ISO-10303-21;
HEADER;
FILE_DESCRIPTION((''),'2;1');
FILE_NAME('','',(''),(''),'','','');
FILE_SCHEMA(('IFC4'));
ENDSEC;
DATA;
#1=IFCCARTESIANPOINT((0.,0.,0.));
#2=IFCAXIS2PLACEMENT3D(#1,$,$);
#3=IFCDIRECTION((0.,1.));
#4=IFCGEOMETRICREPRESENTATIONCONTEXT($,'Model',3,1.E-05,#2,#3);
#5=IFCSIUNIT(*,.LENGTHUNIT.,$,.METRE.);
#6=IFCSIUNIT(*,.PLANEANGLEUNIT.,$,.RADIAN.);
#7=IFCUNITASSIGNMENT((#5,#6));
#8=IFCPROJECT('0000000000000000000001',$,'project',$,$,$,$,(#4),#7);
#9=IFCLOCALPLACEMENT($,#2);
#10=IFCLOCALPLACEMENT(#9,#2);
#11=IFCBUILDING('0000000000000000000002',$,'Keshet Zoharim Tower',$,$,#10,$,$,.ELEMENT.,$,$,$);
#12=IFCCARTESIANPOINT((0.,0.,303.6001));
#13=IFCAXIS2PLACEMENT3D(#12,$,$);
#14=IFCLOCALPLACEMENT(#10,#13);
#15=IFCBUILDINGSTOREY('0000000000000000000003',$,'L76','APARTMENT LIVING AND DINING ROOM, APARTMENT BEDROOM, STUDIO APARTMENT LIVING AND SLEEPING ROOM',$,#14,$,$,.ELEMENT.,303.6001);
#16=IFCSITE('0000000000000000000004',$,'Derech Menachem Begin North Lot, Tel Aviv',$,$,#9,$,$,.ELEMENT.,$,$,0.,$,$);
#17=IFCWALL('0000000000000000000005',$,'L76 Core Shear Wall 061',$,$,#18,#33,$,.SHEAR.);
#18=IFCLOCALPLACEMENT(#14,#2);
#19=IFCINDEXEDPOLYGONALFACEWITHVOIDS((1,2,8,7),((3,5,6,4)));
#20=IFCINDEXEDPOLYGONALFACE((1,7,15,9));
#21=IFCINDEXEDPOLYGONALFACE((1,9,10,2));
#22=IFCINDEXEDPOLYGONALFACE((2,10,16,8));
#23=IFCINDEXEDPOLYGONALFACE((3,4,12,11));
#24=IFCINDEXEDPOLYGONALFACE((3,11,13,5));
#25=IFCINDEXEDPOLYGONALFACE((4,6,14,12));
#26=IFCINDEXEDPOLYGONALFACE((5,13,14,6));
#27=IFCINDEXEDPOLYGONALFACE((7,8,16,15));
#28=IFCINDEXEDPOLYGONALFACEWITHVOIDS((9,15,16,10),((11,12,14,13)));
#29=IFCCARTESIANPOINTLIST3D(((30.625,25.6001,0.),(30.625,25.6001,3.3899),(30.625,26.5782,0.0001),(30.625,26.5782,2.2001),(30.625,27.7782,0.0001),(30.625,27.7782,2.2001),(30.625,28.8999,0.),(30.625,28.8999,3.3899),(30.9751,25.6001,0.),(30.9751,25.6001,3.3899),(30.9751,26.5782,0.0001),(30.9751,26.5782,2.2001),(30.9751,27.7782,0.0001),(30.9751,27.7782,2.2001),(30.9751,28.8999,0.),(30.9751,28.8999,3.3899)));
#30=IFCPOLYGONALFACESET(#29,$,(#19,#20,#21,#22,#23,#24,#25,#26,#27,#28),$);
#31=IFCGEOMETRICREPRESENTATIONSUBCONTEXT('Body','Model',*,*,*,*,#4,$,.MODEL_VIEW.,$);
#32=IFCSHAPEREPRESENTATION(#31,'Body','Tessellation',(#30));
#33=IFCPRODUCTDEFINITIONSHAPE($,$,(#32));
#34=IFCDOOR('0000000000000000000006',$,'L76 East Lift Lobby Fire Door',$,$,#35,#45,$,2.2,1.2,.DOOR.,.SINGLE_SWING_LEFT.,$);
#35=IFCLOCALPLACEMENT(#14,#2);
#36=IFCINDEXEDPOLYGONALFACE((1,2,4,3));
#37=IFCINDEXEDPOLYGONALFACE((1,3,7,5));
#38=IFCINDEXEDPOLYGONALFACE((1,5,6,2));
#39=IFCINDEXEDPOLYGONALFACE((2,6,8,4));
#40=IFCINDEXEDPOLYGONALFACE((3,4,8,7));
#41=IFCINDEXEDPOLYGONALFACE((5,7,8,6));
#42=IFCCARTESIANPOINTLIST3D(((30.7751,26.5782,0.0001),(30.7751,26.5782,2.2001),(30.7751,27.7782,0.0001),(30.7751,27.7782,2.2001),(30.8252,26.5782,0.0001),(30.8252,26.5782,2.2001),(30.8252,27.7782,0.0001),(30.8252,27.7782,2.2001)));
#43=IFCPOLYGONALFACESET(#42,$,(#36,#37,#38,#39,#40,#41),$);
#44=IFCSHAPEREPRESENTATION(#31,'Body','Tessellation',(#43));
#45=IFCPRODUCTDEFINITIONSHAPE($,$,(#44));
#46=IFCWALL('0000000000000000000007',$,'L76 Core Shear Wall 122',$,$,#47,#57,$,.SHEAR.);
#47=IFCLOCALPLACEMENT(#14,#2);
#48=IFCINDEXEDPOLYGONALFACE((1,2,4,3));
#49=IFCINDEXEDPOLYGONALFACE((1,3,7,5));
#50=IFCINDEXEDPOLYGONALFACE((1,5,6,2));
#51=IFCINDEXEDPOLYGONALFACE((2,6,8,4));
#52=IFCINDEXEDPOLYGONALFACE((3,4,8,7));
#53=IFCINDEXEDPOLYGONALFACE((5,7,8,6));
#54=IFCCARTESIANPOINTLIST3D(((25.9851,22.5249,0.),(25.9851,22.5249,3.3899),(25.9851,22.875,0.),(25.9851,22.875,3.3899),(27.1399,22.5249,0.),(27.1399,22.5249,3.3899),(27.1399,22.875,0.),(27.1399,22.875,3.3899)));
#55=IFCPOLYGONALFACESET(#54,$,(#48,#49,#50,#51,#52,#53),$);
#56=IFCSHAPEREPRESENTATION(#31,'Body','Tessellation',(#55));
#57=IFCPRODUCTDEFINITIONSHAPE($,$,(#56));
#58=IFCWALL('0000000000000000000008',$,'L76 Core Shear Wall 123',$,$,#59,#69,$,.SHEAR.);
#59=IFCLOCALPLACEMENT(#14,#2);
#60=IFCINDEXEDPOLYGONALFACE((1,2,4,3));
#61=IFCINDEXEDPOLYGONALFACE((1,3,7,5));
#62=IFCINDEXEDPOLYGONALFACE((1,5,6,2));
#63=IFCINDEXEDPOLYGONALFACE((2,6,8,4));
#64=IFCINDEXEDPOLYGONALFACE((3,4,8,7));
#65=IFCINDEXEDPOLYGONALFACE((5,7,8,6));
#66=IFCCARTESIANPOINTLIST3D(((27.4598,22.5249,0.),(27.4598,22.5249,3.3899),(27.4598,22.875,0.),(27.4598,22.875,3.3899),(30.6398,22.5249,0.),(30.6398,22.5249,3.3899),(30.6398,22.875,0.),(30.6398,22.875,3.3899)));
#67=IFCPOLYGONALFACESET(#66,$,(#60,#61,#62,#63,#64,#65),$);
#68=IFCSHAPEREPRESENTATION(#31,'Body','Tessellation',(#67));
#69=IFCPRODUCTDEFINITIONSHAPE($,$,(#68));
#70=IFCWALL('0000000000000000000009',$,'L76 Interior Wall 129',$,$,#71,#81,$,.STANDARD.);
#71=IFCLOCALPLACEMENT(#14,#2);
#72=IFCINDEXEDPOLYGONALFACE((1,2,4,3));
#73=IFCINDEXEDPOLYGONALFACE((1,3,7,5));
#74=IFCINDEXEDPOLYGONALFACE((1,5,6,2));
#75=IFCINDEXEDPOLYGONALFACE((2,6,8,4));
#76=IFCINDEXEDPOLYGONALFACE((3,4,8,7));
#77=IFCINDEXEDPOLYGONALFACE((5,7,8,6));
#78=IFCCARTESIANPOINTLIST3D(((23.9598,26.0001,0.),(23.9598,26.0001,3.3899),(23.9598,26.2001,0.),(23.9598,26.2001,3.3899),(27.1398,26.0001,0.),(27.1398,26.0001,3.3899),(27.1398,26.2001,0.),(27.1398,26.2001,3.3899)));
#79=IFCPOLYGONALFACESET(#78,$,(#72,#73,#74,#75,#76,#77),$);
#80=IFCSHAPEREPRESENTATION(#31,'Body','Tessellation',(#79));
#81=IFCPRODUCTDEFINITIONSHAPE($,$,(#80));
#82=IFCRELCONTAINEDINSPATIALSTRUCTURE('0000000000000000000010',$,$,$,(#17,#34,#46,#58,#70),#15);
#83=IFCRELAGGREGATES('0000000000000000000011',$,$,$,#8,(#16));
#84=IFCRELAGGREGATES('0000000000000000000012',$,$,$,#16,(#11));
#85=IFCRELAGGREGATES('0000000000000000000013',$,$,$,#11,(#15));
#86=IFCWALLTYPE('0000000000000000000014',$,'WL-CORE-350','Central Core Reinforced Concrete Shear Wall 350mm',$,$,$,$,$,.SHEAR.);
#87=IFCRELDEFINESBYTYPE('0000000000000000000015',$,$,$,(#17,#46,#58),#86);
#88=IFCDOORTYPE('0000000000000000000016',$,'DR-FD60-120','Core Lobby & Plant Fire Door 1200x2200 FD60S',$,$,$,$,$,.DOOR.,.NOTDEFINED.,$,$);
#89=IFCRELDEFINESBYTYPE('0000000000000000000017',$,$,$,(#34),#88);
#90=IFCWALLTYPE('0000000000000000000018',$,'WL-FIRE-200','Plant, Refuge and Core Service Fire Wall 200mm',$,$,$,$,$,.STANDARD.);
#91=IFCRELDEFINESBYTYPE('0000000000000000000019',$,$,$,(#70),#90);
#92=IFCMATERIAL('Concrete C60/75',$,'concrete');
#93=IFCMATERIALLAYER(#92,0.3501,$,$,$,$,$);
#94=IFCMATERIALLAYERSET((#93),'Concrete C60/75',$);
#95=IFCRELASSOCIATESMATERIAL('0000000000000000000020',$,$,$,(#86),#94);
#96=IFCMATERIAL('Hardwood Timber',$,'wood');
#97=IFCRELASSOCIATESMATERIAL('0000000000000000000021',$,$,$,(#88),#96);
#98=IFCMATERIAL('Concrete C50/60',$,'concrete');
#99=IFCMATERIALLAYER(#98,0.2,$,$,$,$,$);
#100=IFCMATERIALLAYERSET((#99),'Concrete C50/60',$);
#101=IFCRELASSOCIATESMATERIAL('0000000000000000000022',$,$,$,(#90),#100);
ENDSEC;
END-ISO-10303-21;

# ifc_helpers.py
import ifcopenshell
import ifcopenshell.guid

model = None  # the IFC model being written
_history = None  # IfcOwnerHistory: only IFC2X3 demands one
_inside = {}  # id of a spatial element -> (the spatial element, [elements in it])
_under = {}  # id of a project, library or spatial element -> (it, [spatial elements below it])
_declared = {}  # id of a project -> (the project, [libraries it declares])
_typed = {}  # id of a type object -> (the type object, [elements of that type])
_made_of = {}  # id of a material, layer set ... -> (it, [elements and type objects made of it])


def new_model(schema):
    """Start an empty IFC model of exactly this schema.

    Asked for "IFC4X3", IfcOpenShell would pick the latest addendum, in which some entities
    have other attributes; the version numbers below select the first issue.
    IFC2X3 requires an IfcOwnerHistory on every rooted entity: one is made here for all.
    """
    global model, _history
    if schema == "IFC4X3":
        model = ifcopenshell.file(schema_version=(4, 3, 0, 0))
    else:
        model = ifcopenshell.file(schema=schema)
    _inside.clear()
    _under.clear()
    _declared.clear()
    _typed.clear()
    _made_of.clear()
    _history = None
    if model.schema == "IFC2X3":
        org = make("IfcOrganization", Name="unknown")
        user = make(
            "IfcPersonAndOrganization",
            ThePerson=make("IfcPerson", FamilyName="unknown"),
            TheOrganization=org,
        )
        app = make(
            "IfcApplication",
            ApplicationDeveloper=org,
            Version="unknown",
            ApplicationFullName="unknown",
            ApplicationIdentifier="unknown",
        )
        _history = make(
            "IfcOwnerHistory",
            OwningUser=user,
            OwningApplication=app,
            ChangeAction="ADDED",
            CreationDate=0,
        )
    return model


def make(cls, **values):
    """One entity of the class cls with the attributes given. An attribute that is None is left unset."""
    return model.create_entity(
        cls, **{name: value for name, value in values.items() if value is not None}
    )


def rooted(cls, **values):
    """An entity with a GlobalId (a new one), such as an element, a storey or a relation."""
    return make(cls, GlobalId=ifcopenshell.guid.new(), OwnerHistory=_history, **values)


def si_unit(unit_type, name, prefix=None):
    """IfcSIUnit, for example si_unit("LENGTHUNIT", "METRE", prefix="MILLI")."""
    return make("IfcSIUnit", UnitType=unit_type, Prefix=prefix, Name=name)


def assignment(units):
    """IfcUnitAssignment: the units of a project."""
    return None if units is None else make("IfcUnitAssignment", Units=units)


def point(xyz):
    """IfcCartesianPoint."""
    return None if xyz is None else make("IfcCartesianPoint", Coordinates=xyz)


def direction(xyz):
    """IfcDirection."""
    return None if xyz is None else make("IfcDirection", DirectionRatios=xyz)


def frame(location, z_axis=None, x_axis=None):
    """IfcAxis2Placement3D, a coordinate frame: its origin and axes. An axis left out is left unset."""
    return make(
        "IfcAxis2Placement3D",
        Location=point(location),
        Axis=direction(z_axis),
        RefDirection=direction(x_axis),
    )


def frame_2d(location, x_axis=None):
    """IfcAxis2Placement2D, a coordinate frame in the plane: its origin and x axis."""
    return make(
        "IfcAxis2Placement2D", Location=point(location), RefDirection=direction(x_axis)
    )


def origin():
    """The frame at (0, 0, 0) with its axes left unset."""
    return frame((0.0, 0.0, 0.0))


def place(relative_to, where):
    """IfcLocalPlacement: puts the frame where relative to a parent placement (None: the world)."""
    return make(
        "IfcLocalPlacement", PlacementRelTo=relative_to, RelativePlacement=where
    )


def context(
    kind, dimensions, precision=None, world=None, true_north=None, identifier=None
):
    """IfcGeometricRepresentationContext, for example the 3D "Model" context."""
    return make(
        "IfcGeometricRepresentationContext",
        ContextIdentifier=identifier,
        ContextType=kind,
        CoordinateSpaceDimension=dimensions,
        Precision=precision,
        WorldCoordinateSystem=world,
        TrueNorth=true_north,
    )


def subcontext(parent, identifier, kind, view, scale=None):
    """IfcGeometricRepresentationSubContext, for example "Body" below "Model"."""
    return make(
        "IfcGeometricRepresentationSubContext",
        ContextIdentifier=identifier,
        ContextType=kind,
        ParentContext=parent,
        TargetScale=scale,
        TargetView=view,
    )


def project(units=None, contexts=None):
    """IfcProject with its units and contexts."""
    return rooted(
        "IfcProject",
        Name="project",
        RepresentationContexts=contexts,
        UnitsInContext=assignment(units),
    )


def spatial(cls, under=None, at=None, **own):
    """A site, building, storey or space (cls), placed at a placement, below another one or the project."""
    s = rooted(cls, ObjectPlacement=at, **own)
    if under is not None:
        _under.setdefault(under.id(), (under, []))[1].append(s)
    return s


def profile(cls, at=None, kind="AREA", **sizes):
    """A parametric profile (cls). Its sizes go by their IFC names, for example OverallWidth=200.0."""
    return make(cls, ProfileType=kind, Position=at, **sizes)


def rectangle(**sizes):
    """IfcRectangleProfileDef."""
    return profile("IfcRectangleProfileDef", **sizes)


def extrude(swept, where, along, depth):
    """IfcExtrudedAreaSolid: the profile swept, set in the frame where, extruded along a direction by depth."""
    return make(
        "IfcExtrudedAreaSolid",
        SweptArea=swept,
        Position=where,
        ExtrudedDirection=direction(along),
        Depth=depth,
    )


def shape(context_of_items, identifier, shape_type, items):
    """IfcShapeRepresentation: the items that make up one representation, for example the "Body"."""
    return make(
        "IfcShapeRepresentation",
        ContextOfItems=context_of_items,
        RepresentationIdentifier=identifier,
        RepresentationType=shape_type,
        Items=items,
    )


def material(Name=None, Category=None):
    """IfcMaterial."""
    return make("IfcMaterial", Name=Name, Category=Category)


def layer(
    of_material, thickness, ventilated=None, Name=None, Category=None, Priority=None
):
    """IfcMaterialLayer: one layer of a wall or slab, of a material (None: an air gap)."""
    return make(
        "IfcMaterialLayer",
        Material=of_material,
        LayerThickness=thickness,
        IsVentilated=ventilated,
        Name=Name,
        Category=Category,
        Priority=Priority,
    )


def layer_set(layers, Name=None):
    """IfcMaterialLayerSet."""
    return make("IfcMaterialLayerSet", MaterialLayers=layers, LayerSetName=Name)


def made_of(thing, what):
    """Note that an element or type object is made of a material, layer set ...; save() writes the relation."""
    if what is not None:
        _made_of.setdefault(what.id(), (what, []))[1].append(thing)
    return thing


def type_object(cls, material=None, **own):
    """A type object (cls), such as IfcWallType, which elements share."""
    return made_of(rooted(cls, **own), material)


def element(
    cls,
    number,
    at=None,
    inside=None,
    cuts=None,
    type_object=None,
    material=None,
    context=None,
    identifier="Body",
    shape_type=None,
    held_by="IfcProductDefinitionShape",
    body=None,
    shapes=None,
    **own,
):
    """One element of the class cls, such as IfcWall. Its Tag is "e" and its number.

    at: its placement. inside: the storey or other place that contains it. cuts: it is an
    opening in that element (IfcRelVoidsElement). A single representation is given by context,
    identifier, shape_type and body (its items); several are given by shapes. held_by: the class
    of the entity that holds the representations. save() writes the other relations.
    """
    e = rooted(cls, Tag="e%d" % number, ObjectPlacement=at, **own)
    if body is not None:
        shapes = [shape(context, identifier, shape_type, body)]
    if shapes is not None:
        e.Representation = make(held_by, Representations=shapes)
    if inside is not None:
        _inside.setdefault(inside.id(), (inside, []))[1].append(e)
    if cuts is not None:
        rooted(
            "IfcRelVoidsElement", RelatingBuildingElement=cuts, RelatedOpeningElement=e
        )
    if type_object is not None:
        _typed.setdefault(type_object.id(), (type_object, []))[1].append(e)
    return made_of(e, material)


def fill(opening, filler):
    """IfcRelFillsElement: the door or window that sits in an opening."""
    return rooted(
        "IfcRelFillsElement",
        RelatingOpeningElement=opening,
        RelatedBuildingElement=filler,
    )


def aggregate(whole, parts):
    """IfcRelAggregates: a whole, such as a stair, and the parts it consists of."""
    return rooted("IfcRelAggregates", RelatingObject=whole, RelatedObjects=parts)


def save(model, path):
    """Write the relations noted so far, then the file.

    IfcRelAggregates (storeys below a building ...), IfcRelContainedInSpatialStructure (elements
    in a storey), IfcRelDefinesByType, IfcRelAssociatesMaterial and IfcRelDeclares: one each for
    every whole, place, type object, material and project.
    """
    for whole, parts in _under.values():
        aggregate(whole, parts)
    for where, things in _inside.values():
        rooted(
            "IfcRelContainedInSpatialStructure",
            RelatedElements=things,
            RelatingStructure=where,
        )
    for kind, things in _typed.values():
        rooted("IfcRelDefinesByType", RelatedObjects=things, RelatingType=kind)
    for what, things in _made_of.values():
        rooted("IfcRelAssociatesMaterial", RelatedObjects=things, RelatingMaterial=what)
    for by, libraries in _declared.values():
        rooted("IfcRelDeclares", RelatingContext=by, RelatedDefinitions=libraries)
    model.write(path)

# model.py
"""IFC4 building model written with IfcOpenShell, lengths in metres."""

from ifc_helpers import new_model, si_unit, direction, frame, frame_2d, origin, place, context, subcontext, project, spatial, rectangle, extrude, material, layer, layer_set, type_object, element, fill, save


model = new_model("IFC4")

# Units and contexts
model_context = context("Model", 3, precision=1e-05, world=origin(), true_north=direction((0.0, 1.0)))
body_context = subcontext(model_context, "Body", "Model", "MODEL_VIEW")
ifc_project = project(units=[si_unit("LENGTHUNIT", "METRE"), si_unit("PLANEANGLEUNIT", "RADIAN")], contexts=[model_context])

# Site, building, storey
site_placement = place(None, origin())
site = spatial("IfcSite", under=ifc_project, at=site_placement, Name="Derech Menachem Begin North Lot, Tel Aviv", CompositionType="ELEMENT", RefElevation=0.0)
building_placement = place(site_placement, origin())
building = spatial("IfcBuilding", under=site, at=building_placement, Name="Keshet Zoharim Tower", CompositionType="ELEMENT")
storey_placement = place(building_placement, frame((0.0, 0.0, 303.6001)))
storey = spatial("IfcBuildingStorey", under=building, at=storey_placement, Name="L76", Description="APARTMENT LIVING AND DINING ROOM, APARTMENT BEDROOM, STUDIO APARTMENT LIVING AND SLEEPING ROOM", CompositionType="ELEMENT", Elevation=303.6001)

# Shared definitions
ifc_material_1 = material(Name="Concrete C50/60", Category="concrete")

# Shared definitions
ifc_material_2 = material(Name="Concrete C60/75", Category="concrete")
ifc_layer_1 = layer(ifc_material_2, 0.3501)
ifc_layer_set_1 = layer_set([ifc_layer_1], Name="Concrete C60/75")
wall_type_1 = type_object("IfcWallType", Name="WL-CORE-350", Description="Central Core Reinforced Concrete Shear Wall 350mm", PredefinedType="SHEAR", material=ifc_layer_set_1)
ifc_material_3 = material(Name="Hardwood Timber", Category="wood")

# Wall, opening, door
wall_1_placement = place(storey_placement, frame((30.8, 25.6001, 0.0), z_axis=(0.0, 0.0, 1.0), x_axis=(0.0, 1.0, 0.0)))
wall_1 = element("IfcWall", 1, at=wall_1_placement, inside=storey, type_object=wall_type_1, Name="L76 Core Shear Wall 061", PredefinedType="SHEAR", context=body_context, shape_type="SweptSolid", body=[
    extrude(rectangle(XDim=3.2998, YDim=0.3501, at=frame_2d((1.6499, 0.0))), origin(), (0.0, 0.0, 1.0), 3.3899),
])
opening_1_placement = place(wall_1_placement, frame((0.978, 0.0, 0.0)))
opening_1 = element("IfcOpeningElement", 2, at=opening_1_placement, cuts=wall_1, PredefinedType="OPENING", context=body_context, shape_type="SweptSolid", body=[
    extrude(rectangle(XDim=1.2, YDim=2.2, at=frame_2d((0.6001, 1.1001))), frame((0.0, 0.1851, 0.0), z_axis=(0.0, -1.0, 0.0), x_axis=(1.0, 0.0, 0.0)), (0.0, 0.0, 1.0), 0.3701),
])
door_type_1 = type_object("IfcDoorType", Name="DR-FD60-120", Description="Core Lobby & Plant Fire Door 1200x2200 FD60S", OperationType="NOTDEFINED", PredefinedType="DOOR", material=ifc_material_3)
door_1_placement = place(opening_1_placement, origin())
door_1 = element("IfcDoor", 3, at=door_1_placement, inside=storey, type_object=door_type_1, Name="L76 East Lift Lobby Fire Door", OperationType="SINGLE_SWING_LEFT", OverallHeight=2.2, OverallWidth=1.2, PredefinedType="DOOR", context=body_context, shape_type="SweptSolid", body=[
    extrude(rectangle(XDim=1.2, YDim=2.2, at=frame_2d((0.6001, 1.1001))), frame((0.0, 0.0249, 0.0), z_axis=(0.0, -1.0, 0.0), x_axis=(1.0, 0.0, 0.0)), (0.0, 0.0, 1.0), 0.05),
])
fill(opening_1, door_1)

# Walls
wall_2_placement = place(storey_placement, frame((25.9851, 22.7, 0.0), z_axis=(0.0, 0.0, 1.0), x_axis=(1.0, 0.0, 0.0)))
element("IfcWall", 4, at=wall_2_placement, inside=storey, type_object=wall_type_1, Name="L76 Core Shear Wall 122", PredefinedType="SHEAR", context=body_context, shape_type="SweptSolid", body=[
    extrude(rectangle(XDim=1.1548, YDim=0.3501, at=frame_2d((0.5774, 0.0))), origin(), (0.0, 0.0, 1.0), 3.3899),
])
wall_3_placement = place(storey_placement, frame((27.46, 22.7, 0.0), z_axis=(0.0, 0.0, 1.0), x_axis=(1.0, 0.0, 0.0)))
element("IfcWall", 5, at=wall_3_placement, inside=storey, type_object=wall_type_1, Name="L76 Core Shear Wall 123", PredefinedType="SHEAR", context=body_context, shape_type="SweptSolid", body=[
    extrude(rectangle(XDim=3.1799, YDim=0.3501, at=frame_2d((1.5898, 0.0))), origin(), (0.0, 0.0, 1.0), 3.3899),
])

# Wall
ifc_layer_2 = layer(ifc_material_1, 0.2)
ifc_layer_set_2 = layer_set([ifc_layer_2], Name="Concrete C50/60")
wall_type_2 = type_object("IfcWallType", Name="WL-FIRE-200", Description="Plant, Refuge and Core Service Fire Wall 200mm", PredefinedType="STANDARD", material=ifc_layer_set_2)
wall_4_placement = place(storey_placement, frame((23.96, 26.1001, 0.0), z_axis=(0.0, 0.0, 1.0), x_axis=(1.0, 0.0, 0.0)))
element("IfcWall", 6, at=wall_4_placement, inside=storey, type_object=wall_type_2, Name="L76 Interior Wall 129", PredefinedType="STANDARD", context=body_context, shape_type="SweptSolid", body=[
    extrude(rectangle(XDim=3.1799, YDim=0.2, at=frame_2d((1.5898, 0.0))), origin(), (0.0, 0.0, 1.0), 3.3899),
])

save(model, "model.ifc")
